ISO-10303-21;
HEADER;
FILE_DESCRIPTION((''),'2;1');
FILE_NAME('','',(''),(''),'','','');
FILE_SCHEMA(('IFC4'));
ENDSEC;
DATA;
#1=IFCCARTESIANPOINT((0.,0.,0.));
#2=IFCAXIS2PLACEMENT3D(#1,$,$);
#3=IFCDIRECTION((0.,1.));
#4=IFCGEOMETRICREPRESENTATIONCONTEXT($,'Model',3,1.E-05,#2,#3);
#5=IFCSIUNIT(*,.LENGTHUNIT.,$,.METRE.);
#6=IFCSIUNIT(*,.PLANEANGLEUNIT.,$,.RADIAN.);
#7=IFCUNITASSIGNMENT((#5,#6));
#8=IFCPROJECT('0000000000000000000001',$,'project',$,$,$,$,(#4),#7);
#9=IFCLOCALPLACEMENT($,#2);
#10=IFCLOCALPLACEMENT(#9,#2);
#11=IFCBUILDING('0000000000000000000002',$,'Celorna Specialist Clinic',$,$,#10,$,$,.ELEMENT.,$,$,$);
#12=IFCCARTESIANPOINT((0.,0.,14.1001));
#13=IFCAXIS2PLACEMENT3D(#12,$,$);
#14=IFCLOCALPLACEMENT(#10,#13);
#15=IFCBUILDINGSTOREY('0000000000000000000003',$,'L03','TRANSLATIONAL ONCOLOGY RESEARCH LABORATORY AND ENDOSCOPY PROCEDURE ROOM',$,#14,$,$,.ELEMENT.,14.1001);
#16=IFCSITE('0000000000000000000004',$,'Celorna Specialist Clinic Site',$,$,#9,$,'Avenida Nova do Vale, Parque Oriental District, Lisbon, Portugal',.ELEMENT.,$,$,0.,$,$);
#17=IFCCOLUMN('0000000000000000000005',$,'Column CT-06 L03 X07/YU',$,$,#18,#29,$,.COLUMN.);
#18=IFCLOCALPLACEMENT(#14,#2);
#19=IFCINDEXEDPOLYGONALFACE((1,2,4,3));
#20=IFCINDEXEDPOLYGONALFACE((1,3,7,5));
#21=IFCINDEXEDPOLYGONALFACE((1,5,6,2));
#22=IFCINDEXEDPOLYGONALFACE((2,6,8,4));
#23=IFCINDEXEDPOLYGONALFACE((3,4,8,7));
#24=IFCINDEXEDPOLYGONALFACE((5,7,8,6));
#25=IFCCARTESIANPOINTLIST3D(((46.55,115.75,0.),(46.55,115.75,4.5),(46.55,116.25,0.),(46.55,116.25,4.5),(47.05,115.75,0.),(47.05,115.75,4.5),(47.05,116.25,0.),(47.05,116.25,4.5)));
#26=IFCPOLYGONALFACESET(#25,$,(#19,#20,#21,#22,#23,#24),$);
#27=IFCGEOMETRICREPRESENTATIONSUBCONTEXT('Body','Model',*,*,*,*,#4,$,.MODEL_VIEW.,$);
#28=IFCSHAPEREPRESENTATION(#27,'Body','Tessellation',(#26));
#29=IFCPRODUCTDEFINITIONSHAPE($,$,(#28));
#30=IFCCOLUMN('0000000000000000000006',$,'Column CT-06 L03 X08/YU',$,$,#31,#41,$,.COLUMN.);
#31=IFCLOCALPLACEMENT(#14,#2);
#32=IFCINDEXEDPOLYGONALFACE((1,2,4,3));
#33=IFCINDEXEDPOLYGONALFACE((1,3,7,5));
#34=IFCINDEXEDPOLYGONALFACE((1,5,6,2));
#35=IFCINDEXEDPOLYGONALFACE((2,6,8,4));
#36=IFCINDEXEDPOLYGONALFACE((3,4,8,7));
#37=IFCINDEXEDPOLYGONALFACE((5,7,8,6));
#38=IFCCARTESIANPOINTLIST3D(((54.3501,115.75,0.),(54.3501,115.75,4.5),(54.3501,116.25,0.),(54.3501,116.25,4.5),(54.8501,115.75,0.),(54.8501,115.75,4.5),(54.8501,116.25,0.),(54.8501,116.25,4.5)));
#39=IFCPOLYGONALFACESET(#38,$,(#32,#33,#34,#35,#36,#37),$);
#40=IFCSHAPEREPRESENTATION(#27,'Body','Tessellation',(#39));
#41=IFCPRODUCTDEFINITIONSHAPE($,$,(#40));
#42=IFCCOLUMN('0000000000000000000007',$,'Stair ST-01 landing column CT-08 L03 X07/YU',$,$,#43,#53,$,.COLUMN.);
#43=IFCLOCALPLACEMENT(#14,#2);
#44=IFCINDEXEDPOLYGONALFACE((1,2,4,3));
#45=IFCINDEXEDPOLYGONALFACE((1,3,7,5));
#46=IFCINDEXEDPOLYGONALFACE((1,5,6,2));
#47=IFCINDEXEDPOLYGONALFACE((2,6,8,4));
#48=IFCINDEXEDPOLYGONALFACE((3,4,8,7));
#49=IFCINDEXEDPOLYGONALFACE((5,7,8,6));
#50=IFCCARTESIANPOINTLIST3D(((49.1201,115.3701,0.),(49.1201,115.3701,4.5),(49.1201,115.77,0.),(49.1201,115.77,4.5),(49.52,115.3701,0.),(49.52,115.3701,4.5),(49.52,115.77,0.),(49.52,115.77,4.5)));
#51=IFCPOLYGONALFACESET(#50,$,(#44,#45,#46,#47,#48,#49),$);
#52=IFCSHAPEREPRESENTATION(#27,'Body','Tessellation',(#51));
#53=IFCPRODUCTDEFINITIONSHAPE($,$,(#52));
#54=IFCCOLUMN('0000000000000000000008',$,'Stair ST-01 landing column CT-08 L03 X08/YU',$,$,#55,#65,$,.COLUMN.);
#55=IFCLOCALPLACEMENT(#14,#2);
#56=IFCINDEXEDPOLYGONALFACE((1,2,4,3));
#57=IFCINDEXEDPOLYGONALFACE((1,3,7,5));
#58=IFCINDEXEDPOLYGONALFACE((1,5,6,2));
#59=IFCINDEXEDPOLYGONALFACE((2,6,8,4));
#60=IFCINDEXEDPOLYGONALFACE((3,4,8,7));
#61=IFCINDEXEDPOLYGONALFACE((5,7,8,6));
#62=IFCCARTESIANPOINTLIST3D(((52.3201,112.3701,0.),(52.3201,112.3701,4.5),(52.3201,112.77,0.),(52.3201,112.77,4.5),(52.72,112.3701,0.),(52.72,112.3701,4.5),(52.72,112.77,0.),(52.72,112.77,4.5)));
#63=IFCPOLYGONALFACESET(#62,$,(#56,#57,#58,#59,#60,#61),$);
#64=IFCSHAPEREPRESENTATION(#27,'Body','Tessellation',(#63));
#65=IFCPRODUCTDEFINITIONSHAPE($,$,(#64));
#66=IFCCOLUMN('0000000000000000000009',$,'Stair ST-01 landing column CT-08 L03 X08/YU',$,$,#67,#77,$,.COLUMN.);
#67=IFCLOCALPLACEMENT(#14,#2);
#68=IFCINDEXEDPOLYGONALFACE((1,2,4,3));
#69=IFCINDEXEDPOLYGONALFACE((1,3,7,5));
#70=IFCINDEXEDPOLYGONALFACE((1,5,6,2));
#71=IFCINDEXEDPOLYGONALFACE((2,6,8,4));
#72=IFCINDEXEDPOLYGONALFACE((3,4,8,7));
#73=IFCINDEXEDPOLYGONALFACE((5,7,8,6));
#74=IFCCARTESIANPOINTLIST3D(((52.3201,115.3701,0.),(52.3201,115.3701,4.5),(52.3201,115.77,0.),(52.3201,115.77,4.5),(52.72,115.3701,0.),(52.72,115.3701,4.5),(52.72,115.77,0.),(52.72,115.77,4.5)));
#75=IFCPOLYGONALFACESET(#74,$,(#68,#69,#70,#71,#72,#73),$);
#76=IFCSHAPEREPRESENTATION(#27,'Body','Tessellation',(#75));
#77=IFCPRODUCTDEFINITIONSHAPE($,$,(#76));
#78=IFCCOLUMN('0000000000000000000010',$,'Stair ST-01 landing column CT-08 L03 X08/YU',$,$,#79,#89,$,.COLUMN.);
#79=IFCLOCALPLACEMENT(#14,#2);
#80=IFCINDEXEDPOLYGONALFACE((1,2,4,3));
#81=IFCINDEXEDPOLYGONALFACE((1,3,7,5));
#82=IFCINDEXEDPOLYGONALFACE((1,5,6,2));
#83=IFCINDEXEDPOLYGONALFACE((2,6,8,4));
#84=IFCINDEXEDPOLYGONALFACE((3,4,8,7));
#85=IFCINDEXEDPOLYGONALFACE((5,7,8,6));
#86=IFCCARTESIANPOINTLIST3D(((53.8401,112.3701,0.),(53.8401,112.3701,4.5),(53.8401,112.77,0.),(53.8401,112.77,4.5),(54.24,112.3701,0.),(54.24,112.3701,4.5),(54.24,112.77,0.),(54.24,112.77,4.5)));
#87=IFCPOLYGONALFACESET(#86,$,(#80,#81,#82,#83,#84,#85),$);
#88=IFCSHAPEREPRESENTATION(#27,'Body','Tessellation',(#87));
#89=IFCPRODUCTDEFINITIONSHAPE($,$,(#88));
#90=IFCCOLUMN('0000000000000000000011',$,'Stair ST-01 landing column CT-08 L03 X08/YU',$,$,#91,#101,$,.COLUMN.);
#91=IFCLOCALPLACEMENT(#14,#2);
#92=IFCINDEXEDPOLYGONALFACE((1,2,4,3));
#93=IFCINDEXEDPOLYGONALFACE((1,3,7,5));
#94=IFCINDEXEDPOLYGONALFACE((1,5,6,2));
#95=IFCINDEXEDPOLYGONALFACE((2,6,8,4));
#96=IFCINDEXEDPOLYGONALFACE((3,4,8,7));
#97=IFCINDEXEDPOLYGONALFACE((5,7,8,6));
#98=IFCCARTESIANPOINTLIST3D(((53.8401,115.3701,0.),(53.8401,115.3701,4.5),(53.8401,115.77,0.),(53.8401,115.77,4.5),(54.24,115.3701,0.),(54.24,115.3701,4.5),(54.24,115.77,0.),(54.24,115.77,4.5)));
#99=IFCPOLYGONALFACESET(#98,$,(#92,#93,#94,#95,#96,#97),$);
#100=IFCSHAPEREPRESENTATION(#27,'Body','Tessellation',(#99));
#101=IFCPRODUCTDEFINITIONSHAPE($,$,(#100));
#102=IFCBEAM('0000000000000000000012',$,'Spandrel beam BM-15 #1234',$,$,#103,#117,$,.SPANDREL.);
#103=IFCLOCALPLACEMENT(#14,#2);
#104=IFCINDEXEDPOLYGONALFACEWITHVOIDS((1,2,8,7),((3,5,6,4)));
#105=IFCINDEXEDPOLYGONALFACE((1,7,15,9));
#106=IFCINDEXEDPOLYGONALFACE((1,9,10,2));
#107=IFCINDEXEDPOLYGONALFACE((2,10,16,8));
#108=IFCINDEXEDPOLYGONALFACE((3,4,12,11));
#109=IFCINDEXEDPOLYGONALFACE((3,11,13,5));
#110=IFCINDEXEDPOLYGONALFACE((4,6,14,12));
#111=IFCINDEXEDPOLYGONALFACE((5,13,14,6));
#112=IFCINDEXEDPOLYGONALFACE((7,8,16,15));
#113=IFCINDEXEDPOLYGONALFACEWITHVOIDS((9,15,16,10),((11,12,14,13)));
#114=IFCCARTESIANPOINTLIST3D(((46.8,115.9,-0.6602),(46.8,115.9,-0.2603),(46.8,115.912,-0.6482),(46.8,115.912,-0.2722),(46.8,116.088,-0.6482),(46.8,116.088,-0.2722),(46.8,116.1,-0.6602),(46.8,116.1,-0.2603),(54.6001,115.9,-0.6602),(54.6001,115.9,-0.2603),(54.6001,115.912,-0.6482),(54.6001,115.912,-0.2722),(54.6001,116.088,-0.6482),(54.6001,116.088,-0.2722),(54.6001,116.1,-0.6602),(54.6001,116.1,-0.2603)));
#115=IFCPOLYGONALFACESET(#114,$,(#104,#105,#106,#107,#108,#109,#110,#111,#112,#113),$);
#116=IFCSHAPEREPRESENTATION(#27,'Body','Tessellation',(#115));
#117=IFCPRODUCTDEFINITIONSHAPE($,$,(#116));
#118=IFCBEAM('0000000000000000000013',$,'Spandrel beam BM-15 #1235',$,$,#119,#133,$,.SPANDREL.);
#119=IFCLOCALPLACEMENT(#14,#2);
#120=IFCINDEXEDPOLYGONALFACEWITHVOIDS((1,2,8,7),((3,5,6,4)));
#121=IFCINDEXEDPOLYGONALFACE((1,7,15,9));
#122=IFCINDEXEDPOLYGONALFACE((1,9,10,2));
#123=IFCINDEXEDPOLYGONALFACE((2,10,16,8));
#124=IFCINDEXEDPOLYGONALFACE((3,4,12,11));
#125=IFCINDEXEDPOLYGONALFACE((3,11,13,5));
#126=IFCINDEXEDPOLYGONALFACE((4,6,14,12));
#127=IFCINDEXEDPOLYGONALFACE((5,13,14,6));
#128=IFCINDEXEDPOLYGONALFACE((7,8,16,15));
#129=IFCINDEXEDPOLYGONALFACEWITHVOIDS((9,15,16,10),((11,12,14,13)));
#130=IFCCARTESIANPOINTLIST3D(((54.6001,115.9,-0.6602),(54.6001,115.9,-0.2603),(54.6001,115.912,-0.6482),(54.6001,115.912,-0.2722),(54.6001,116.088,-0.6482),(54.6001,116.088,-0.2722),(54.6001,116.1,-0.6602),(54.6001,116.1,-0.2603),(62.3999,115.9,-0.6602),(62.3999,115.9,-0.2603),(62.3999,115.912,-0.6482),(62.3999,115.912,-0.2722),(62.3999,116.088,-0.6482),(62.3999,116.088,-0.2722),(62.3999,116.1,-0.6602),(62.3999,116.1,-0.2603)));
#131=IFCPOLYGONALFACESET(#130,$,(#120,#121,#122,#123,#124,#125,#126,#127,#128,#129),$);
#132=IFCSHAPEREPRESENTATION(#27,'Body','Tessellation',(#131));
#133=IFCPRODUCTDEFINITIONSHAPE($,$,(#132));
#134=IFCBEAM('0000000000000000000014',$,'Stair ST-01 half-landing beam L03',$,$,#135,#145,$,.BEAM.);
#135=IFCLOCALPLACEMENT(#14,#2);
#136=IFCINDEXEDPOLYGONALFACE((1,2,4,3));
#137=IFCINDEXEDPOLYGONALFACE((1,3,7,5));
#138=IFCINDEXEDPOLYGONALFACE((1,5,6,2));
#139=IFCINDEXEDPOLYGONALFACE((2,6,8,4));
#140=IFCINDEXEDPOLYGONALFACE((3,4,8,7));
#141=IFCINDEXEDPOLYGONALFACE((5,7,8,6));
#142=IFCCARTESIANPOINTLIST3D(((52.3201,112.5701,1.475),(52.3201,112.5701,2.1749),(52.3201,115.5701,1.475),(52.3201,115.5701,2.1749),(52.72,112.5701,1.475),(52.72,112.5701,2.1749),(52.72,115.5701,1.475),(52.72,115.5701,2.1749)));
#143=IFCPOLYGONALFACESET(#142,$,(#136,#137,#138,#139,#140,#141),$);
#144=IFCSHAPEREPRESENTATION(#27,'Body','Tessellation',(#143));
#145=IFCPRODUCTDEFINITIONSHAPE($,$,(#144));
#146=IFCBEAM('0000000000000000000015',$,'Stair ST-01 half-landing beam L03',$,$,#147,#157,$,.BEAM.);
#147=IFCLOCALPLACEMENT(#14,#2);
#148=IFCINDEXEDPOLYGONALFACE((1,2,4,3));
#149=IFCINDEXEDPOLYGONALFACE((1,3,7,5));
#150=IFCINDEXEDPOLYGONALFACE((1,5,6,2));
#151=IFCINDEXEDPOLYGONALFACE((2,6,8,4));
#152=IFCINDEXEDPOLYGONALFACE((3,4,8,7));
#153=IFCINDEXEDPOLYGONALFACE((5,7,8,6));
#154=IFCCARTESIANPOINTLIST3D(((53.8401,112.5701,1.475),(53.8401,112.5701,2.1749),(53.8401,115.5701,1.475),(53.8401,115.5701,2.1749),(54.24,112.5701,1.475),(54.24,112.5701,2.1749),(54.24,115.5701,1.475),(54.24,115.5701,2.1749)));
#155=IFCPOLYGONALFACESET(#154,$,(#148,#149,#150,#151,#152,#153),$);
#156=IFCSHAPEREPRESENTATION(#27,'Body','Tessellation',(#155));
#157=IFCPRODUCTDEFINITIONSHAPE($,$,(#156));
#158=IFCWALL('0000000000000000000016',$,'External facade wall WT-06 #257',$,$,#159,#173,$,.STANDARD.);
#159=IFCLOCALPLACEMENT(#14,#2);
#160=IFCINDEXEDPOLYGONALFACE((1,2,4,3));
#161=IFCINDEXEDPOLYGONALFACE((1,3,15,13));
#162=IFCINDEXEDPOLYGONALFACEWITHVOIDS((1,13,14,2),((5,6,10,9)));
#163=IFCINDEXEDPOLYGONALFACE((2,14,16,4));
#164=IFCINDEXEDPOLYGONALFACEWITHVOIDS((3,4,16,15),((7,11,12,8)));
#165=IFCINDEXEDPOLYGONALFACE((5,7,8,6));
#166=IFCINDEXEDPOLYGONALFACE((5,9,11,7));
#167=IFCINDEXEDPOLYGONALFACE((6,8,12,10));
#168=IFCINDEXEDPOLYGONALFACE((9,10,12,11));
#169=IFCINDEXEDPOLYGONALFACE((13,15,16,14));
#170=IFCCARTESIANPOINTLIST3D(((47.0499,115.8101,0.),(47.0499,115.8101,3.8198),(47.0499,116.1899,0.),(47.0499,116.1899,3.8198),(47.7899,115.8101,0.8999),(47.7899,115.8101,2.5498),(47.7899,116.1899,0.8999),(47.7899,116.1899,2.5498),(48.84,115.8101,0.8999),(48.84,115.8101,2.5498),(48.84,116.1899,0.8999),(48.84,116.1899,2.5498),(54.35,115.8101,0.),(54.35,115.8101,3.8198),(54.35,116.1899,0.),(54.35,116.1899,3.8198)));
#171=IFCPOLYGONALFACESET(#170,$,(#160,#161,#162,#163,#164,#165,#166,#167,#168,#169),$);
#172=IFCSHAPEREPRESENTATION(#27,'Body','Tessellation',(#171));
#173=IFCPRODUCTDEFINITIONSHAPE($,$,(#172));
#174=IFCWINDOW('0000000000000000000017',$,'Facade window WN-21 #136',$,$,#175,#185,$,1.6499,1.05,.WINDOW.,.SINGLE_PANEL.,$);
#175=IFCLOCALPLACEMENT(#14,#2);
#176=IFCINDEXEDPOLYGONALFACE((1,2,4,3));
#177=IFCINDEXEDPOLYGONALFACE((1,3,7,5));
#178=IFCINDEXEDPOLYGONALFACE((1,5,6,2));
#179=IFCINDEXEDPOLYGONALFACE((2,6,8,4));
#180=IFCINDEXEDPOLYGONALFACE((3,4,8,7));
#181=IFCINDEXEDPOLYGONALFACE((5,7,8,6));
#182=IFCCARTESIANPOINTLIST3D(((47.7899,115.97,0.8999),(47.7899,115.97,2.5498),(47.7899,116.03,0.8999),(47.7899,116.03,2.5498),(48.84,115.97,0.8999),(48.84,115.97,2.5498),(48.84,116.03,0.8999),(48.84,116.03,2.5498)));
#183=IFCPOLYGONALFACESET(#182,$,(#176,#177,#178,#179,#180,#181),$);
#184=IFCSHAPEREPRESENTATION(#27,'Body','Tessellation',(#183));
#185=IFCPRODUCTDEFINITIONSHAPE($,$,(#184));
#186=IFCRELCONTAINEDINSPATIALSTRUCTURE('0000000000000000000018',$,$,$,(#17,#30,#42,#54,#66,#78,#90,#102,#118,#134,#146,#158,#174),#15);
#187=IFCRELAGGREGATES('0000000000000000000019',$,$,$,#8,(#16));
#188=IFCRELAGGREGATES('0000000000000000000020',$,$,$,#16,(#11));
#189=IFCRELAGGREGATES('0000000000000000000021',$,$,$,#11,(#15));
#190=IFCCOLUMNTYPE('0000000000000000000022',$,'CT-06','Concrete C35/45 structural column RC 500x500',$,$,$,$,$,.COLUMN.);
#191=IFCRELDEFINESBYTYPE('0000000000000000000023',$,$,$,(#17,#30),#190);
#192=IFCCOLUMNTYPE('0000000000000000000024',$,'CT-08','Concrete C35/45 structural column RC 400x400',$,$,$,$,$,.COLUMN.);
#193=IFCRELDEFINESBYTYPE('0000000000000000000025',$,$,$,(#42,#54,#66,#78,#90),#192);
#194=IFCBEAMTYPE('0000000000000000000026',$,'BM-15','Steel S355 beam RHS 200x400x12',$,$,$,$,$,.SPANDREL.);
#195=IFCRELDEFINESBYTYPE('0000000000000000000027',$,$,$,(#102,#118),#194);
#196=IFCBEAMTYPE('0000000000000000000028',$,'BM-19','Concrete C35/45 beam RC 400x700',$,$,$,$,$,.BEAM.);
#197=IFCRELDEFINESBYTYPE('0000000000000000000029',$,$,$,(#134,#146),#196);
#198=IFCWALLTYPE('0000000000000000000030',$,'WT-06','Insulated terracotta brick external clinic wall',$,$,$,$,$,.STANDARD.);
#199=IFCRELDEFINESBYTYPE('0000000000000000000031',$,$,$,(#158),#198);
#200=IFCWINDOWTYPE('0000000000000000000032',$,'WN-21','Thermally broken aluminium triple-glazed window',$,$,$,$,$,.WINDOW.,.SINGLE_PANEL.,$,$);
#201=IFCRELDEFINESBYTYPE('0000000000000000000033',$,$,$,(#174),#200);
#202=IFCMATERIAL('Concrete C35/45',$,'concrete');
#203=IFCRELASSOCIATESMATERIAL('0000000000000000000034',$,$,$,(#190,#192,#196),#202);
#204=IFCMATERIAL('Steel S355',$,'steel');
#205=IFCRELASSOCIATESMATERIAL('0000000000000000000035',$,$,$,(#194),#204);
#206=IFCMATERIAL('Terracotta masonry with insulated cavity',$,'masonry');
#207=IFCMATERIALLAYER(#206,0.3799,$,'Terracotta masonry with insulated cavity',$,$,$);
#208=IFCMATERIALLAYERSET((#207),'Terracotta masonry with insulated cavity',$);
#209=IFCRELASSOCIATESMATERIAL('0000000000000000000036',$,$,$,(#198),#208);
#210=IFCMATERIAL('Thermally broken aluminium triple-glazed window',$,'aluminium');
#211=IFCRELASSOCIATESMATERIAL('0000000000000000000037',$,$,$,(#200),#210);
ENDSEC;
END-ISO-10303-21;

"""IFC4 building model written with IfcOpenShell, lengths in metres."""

from ifc_helpers import new_model, si_unit, direction, frame, frame_2d, origin, origin_2d, place, context, subcontext, project, spatial, rectangle, hollow_rectangle, extrude, material, layer, layer_set, material_profile, profile_set, type_object, element, fill, save


model = new_model("IFC4")

# Units and contexts
model_context = context("Model", 3, precision=1e-05, world=origin(), true_north=direction((0.0, 1.0)))
body_context = subcontext(model_context, "Body", "Model", "MODEL_VIEW")
ifc_project = project(units=[si_unit("LENGTHUNIT", "METRE"), si_unit("PLANEANGLEUNIT", "RADIAN")], contexts=[model_context])

# Site, building, storey
site_placement = place(None, origin())
site = spatial("IfcSite", under=ifc_project, at=site_placement, Name="Celorna Specialist Clinic Site", LongName="Avenida Nova do Vale, Parque Oriental District, Lisbon, Portugal", CompositionType="ELEMENT", RefElevation=0.0)
building_placement = place(site_placement, origin())
building = spatial("IfcBuilding", under=site, at=building_placement, Name="Celorna Specialist Clinic", CompositionType="ELEMENT")
storey_placement = place(building_placement, frame((0.0, 0.0, 14.1001)))
storey = spatial("IfcBuildingStorey", under=building, at=storey_placement, Name="L03", Description="TRANSLATIONAL ONCOLOGY RESEARCH LABORATORY AND ENDOSCOPY PROCEDURE ROOM", CompositionType="ELEMENT", Elevation=14.1001)

# Columns
ifc_material_1 = material(Name="Concrete C35/45", Category="concrete")
ifc_material_profile_1 = material_profile(ifc_material_1, rectangle(XDim=0.5, YDim=0.5, at=origin_2d()), Name="RC 500x500")
ifc_profile_set_1 = profile_set([ifc_material_profile_1], Name="Concrete C35/45")
column_type_1 = type_object("IfcColumnType", Name="CT-06", Description="Concrete C35/45 structural column RC 500x500", PredefinedType="COLUMN", material=ifc_profile_set_1)
for number, where, z_axis, x_axis, name in (
    (1, (46.8, 116.0, 0.0), (0.0, 0.0, 1.0), (1.0, 0.0, 0.0), "Column CT-06 L03 X07/YU"),
    (2, (54.6001, 116.0, 0.0), (0.0, 0.0, 1.0), (1.0, 0.0, 0.0), "Column CT-06 L03 X08/YU"),
):
    element("IfcColumn", number, at=place(storey_placement, frame(where, z_axis=z_axis, x_axis=x_axis)), inside=storey, type_object=column_type_1, Name=name, PredefinedType="COLUMN", context=body_context, shape_type="SweptSolid", body=[
        extrude(rectangle(XDim=0.5, YDim=0.5, at=origin_2d()), origin(), (0.0, 0.0, 1.0), 4.5),
    ])
ifc_material_profile_2 = material_profile(ifc_material_1, rectangle(XDim=0.3999, YDim=0.3999, at=origin_2d()), Name="RC 400x400")
ifc_profile_set_2 = profile_set([ifc_material_profile_2], Name="Concrete C35/45")
column_type_2 = type_object("IfcColumnType", Name="CT-08", Description="Concrete C35/45 structural column RC 400x400", PredefinedType="COLUMN", material=ifc_profile_set_2)
for number, where, z_axis, x_axis, name in (
    (3, (49.3201, 115.5701, 0.0), (0.0, 0.0, 1.0), (1.0, 0.0, 0.0), "Stair ST-01 landing column CT-08 L03 X07/YU"),
    (4, (52.52, 112.5701, 0.0), (0.0, 0.0, 1.0), (1.0, 0.0, 0.0), "Stair ST-01 landing column CT-08 L03 X08/YU"),
    (5, (52.52, 115.5701, 0.0), (0.0, 0.0, 1.0), (1.0, 0.0, 0.0), "Stair ST-01 landing column CT-08 L03 X08/YU"),
    (6, (54.04, 112.5701, 0.0), (0.0, 0.0, 1.0), (1.0, 0.0, 0.0), "Stair ST-01 landing column CT-08 L03 X08/YU"),
    (7, (54.04, 115.5701, 0.0), (0.0, 0.0, 1.0), (1.0, 0.0, 0.0), "Stair ST-01 landing column CT-08 L03 X08/YU"),
):
    element("IfcColumn", number, at=place(storey_placement, frame(where, z_axis=z_axis, x_axis=x_axis)), inside=storey, type_object=column_type_2, Name=name, PredefinedType="COLUMN", context=body_context, shape_type="SweptSolid", body=[
        extrude(rectangle(XDim=0.3999, YDim=0.3999, at=origin_2d()), origin(), (0.0, 0.0, 1.0), 4.5),
    ])

# Beams
ifc_material_2 = material(Name="Steel S355", Category="steel")
ifc_material_profile_3 = material_profile(ifc_material_2, hollow_rectangle(XDim=0.2, YDim=0.3999, WallThickness=0.012, at=origin_2d()), Name="RHS 200x400x12")
ifc_profile_set_3 = profile_set([ifc_material_profile_3], Name="Steel S355")
beam_type_1 = type_object("IfcBeamType", Name="BM-15", Description="Steel S355 beam RHS 200x400x12", PredefinedType="SPANDREL", material=ifc_profile_set_3)
beam_1_placement = place(storey_placement, frame((46.8, 116.0, -0.4602), z_axis=(1.0, 0.0, 0.0), x_axis=(0.0, 1.0, 0.0)))
element("IfcBeam", 8, at=beam_1_placement, inside=storey, type_object=beam_type_1, Name="Spandrel beam BM-15 #1234", PredefinedType="SPANDREL", context=body_context, shape_type="SweptSolid", body=[
    extrude(hollow_rectangle(XDim=0.2, YDim=0.3999, WallThickness=0.012, at=origin_2d()), origin(), (0.0, 0.0, 1.0), 7.8),
])
beam_2_placement = place(storey_placement, frame((54.6001, 116.0, -0.4602), z_axis=(1.0, 0.0, 0.0), x_axis=(0.0, 1.0, 0.0)))
element("IfcBeam", 9, at=beam_2_placement, inside=storey, type_object=beam_type_1, Name="Spandrel beam BM-15 #1235", PredefinedType="SPANDREL", context=body_context, shape_type="SweptSolid", body=[
    extrude(hollow_rectangle(XDim=0.2, YDim=0.3999, WallThickness=0.012, at=origin_2d()), origin(), (0.0, 0.0, 1.0), 7.7998),
])
ifc_material_profile_4 = material_profile(ifc_material_1, rectangle(XDim=0.3999, YDim=0.7, at=origin_2d()), Name="RC 400x700")
ifc_profile_set_4 = profile_set([ifc_material_profile_4], Name="Concrete C35/45")
beam_type_2 = type_object("IfcBeamType", Name="BM-19", Description="Concrete C35/45 beam RC 400x700", PredefinedType="BEAM", material=ifc_profile_set_4)
for number, where, z_axis, x_axis, name in (
    (10, (52.52, 112.5701, 1.825), (0.0, 1.0, 0.0), (-1.0, 0.0, 0.0), "Stair ST-01 half-landing beam L03"),
    (11, (54.04, 112.5701, 1.825), (0.0, 1.0, 0.0), (-1.0, 0.0, 0.0), "Stair ST-01 half-landing beam L03"),
):
    element("IfcBeam", number, at=place(storey_placement, frame(where, z_axis=z_axis, x_axis=x_axis)), inside=storey, type_object=beam_type_2, Name=name, PredefinedType="BEAM", context=body_context, shape_type="SweptSolid", body=[
        extrude(rectangle(XDim=0.3999, YDim=0.7, at=origin_2d()), origin(), (0.0, 0.0, 1.0), 3.0),
    ])

# Wall, opening, window
ifc_material_3 = material(Name="Terracotta masonry with insulated cavity", Category="masonry")
ifc_layer_1 = layer(ifc_material_3, 0.3799, Name="Terracotta masonry with insulated cavity")
ifc_layer_set_1 = layer_set([ifc_layer_1], Name="Terracotta masonry with insulated cavity")
wall_type_1 = type_object("IfcWallType", Name="WT-06", Description="Insulated terracotta brick external clinic wall", PredefinedType="STANDARD", material=ifc_layer_set_1)
wall_1_placement = place(storey_placement, frame((47.05, 116.0, 0.0), z_axis=(0.0, 0.0, 1.0), x_axis=(1.0, 0.0, 0.0)))
wall_1 = element("IfcWall", 12, at=wall_1_placement, inside=storey, type_object=wall_type_1, Name="External facade wall WT-06 #257", PredefinedType="STANDARD", context=body_context, shape_type="SweptSolid", body=[
    extrude(rectangle(XDim=7.3, YDim=0.3799, at=frame_2d((3.6499, 0.0))), origin(), (0.0, 0.0, 1.0), 3.8198),
])
opening_1_placement = place(wall_1_placement, frame((0.74, 0.0, 0.8999)))
opening_1 = element("IfcOpeningElement", 13, at=opening_1_placement, cuts=wall_1, PredefinedType="OPENING", context=body_context, shape_type="SweptSolid", body=[
    extrude(rectangle(XDim=1.05, YDim=1.6499, at=frame_2d((0.5249, 0.825))), frame((0.0, 0.2, 0.0), z_axis=(0.0, -1.0, 0.0), x_axis=(1.0, 0.0, 0.0)), (0.0, 0.0, 1.0), 0.3999),
])
ifc_material_4 = material(Name="Thermally broken aluminium triple-glazed window", Category="aluminium")
window_type_1 = type_object("IfcWindowType", Name="WN-21", Description="Thermally broken aluminium triple-glazed window", PartitioningType="SINGLE_PANEL", PredefinedType="WINDOW", material=ifc_material_4)
window_1_placement = place(opening_1_placement, origin())
window_1 = element("IfcWindow", 14, at=window_1_placement, inside=storey, type_object=window_type_1, Name="Facade window WN-21 #136", OverallHeight=1.6499, OverallWidth=1.05, PartitioningType="SINGLE_PANEL", PredefinedType="WINDOW", context=body_context, shape_type="SweptSolid", body=[
    extrude(rectangle(XDim=1.05, YDim=1.6499, at=frame_2d((0.5249, 0.825))), frame((0.0, 0.03, 0.0), z_axis=(0.0, -1.0, 0.0), x_axis=(1.0, 0.0, 0.0)), (0.0, 0.0, 1.0), 0.0601),
])
fill(opening_1, window_1)

save(model, "model.ifc")
